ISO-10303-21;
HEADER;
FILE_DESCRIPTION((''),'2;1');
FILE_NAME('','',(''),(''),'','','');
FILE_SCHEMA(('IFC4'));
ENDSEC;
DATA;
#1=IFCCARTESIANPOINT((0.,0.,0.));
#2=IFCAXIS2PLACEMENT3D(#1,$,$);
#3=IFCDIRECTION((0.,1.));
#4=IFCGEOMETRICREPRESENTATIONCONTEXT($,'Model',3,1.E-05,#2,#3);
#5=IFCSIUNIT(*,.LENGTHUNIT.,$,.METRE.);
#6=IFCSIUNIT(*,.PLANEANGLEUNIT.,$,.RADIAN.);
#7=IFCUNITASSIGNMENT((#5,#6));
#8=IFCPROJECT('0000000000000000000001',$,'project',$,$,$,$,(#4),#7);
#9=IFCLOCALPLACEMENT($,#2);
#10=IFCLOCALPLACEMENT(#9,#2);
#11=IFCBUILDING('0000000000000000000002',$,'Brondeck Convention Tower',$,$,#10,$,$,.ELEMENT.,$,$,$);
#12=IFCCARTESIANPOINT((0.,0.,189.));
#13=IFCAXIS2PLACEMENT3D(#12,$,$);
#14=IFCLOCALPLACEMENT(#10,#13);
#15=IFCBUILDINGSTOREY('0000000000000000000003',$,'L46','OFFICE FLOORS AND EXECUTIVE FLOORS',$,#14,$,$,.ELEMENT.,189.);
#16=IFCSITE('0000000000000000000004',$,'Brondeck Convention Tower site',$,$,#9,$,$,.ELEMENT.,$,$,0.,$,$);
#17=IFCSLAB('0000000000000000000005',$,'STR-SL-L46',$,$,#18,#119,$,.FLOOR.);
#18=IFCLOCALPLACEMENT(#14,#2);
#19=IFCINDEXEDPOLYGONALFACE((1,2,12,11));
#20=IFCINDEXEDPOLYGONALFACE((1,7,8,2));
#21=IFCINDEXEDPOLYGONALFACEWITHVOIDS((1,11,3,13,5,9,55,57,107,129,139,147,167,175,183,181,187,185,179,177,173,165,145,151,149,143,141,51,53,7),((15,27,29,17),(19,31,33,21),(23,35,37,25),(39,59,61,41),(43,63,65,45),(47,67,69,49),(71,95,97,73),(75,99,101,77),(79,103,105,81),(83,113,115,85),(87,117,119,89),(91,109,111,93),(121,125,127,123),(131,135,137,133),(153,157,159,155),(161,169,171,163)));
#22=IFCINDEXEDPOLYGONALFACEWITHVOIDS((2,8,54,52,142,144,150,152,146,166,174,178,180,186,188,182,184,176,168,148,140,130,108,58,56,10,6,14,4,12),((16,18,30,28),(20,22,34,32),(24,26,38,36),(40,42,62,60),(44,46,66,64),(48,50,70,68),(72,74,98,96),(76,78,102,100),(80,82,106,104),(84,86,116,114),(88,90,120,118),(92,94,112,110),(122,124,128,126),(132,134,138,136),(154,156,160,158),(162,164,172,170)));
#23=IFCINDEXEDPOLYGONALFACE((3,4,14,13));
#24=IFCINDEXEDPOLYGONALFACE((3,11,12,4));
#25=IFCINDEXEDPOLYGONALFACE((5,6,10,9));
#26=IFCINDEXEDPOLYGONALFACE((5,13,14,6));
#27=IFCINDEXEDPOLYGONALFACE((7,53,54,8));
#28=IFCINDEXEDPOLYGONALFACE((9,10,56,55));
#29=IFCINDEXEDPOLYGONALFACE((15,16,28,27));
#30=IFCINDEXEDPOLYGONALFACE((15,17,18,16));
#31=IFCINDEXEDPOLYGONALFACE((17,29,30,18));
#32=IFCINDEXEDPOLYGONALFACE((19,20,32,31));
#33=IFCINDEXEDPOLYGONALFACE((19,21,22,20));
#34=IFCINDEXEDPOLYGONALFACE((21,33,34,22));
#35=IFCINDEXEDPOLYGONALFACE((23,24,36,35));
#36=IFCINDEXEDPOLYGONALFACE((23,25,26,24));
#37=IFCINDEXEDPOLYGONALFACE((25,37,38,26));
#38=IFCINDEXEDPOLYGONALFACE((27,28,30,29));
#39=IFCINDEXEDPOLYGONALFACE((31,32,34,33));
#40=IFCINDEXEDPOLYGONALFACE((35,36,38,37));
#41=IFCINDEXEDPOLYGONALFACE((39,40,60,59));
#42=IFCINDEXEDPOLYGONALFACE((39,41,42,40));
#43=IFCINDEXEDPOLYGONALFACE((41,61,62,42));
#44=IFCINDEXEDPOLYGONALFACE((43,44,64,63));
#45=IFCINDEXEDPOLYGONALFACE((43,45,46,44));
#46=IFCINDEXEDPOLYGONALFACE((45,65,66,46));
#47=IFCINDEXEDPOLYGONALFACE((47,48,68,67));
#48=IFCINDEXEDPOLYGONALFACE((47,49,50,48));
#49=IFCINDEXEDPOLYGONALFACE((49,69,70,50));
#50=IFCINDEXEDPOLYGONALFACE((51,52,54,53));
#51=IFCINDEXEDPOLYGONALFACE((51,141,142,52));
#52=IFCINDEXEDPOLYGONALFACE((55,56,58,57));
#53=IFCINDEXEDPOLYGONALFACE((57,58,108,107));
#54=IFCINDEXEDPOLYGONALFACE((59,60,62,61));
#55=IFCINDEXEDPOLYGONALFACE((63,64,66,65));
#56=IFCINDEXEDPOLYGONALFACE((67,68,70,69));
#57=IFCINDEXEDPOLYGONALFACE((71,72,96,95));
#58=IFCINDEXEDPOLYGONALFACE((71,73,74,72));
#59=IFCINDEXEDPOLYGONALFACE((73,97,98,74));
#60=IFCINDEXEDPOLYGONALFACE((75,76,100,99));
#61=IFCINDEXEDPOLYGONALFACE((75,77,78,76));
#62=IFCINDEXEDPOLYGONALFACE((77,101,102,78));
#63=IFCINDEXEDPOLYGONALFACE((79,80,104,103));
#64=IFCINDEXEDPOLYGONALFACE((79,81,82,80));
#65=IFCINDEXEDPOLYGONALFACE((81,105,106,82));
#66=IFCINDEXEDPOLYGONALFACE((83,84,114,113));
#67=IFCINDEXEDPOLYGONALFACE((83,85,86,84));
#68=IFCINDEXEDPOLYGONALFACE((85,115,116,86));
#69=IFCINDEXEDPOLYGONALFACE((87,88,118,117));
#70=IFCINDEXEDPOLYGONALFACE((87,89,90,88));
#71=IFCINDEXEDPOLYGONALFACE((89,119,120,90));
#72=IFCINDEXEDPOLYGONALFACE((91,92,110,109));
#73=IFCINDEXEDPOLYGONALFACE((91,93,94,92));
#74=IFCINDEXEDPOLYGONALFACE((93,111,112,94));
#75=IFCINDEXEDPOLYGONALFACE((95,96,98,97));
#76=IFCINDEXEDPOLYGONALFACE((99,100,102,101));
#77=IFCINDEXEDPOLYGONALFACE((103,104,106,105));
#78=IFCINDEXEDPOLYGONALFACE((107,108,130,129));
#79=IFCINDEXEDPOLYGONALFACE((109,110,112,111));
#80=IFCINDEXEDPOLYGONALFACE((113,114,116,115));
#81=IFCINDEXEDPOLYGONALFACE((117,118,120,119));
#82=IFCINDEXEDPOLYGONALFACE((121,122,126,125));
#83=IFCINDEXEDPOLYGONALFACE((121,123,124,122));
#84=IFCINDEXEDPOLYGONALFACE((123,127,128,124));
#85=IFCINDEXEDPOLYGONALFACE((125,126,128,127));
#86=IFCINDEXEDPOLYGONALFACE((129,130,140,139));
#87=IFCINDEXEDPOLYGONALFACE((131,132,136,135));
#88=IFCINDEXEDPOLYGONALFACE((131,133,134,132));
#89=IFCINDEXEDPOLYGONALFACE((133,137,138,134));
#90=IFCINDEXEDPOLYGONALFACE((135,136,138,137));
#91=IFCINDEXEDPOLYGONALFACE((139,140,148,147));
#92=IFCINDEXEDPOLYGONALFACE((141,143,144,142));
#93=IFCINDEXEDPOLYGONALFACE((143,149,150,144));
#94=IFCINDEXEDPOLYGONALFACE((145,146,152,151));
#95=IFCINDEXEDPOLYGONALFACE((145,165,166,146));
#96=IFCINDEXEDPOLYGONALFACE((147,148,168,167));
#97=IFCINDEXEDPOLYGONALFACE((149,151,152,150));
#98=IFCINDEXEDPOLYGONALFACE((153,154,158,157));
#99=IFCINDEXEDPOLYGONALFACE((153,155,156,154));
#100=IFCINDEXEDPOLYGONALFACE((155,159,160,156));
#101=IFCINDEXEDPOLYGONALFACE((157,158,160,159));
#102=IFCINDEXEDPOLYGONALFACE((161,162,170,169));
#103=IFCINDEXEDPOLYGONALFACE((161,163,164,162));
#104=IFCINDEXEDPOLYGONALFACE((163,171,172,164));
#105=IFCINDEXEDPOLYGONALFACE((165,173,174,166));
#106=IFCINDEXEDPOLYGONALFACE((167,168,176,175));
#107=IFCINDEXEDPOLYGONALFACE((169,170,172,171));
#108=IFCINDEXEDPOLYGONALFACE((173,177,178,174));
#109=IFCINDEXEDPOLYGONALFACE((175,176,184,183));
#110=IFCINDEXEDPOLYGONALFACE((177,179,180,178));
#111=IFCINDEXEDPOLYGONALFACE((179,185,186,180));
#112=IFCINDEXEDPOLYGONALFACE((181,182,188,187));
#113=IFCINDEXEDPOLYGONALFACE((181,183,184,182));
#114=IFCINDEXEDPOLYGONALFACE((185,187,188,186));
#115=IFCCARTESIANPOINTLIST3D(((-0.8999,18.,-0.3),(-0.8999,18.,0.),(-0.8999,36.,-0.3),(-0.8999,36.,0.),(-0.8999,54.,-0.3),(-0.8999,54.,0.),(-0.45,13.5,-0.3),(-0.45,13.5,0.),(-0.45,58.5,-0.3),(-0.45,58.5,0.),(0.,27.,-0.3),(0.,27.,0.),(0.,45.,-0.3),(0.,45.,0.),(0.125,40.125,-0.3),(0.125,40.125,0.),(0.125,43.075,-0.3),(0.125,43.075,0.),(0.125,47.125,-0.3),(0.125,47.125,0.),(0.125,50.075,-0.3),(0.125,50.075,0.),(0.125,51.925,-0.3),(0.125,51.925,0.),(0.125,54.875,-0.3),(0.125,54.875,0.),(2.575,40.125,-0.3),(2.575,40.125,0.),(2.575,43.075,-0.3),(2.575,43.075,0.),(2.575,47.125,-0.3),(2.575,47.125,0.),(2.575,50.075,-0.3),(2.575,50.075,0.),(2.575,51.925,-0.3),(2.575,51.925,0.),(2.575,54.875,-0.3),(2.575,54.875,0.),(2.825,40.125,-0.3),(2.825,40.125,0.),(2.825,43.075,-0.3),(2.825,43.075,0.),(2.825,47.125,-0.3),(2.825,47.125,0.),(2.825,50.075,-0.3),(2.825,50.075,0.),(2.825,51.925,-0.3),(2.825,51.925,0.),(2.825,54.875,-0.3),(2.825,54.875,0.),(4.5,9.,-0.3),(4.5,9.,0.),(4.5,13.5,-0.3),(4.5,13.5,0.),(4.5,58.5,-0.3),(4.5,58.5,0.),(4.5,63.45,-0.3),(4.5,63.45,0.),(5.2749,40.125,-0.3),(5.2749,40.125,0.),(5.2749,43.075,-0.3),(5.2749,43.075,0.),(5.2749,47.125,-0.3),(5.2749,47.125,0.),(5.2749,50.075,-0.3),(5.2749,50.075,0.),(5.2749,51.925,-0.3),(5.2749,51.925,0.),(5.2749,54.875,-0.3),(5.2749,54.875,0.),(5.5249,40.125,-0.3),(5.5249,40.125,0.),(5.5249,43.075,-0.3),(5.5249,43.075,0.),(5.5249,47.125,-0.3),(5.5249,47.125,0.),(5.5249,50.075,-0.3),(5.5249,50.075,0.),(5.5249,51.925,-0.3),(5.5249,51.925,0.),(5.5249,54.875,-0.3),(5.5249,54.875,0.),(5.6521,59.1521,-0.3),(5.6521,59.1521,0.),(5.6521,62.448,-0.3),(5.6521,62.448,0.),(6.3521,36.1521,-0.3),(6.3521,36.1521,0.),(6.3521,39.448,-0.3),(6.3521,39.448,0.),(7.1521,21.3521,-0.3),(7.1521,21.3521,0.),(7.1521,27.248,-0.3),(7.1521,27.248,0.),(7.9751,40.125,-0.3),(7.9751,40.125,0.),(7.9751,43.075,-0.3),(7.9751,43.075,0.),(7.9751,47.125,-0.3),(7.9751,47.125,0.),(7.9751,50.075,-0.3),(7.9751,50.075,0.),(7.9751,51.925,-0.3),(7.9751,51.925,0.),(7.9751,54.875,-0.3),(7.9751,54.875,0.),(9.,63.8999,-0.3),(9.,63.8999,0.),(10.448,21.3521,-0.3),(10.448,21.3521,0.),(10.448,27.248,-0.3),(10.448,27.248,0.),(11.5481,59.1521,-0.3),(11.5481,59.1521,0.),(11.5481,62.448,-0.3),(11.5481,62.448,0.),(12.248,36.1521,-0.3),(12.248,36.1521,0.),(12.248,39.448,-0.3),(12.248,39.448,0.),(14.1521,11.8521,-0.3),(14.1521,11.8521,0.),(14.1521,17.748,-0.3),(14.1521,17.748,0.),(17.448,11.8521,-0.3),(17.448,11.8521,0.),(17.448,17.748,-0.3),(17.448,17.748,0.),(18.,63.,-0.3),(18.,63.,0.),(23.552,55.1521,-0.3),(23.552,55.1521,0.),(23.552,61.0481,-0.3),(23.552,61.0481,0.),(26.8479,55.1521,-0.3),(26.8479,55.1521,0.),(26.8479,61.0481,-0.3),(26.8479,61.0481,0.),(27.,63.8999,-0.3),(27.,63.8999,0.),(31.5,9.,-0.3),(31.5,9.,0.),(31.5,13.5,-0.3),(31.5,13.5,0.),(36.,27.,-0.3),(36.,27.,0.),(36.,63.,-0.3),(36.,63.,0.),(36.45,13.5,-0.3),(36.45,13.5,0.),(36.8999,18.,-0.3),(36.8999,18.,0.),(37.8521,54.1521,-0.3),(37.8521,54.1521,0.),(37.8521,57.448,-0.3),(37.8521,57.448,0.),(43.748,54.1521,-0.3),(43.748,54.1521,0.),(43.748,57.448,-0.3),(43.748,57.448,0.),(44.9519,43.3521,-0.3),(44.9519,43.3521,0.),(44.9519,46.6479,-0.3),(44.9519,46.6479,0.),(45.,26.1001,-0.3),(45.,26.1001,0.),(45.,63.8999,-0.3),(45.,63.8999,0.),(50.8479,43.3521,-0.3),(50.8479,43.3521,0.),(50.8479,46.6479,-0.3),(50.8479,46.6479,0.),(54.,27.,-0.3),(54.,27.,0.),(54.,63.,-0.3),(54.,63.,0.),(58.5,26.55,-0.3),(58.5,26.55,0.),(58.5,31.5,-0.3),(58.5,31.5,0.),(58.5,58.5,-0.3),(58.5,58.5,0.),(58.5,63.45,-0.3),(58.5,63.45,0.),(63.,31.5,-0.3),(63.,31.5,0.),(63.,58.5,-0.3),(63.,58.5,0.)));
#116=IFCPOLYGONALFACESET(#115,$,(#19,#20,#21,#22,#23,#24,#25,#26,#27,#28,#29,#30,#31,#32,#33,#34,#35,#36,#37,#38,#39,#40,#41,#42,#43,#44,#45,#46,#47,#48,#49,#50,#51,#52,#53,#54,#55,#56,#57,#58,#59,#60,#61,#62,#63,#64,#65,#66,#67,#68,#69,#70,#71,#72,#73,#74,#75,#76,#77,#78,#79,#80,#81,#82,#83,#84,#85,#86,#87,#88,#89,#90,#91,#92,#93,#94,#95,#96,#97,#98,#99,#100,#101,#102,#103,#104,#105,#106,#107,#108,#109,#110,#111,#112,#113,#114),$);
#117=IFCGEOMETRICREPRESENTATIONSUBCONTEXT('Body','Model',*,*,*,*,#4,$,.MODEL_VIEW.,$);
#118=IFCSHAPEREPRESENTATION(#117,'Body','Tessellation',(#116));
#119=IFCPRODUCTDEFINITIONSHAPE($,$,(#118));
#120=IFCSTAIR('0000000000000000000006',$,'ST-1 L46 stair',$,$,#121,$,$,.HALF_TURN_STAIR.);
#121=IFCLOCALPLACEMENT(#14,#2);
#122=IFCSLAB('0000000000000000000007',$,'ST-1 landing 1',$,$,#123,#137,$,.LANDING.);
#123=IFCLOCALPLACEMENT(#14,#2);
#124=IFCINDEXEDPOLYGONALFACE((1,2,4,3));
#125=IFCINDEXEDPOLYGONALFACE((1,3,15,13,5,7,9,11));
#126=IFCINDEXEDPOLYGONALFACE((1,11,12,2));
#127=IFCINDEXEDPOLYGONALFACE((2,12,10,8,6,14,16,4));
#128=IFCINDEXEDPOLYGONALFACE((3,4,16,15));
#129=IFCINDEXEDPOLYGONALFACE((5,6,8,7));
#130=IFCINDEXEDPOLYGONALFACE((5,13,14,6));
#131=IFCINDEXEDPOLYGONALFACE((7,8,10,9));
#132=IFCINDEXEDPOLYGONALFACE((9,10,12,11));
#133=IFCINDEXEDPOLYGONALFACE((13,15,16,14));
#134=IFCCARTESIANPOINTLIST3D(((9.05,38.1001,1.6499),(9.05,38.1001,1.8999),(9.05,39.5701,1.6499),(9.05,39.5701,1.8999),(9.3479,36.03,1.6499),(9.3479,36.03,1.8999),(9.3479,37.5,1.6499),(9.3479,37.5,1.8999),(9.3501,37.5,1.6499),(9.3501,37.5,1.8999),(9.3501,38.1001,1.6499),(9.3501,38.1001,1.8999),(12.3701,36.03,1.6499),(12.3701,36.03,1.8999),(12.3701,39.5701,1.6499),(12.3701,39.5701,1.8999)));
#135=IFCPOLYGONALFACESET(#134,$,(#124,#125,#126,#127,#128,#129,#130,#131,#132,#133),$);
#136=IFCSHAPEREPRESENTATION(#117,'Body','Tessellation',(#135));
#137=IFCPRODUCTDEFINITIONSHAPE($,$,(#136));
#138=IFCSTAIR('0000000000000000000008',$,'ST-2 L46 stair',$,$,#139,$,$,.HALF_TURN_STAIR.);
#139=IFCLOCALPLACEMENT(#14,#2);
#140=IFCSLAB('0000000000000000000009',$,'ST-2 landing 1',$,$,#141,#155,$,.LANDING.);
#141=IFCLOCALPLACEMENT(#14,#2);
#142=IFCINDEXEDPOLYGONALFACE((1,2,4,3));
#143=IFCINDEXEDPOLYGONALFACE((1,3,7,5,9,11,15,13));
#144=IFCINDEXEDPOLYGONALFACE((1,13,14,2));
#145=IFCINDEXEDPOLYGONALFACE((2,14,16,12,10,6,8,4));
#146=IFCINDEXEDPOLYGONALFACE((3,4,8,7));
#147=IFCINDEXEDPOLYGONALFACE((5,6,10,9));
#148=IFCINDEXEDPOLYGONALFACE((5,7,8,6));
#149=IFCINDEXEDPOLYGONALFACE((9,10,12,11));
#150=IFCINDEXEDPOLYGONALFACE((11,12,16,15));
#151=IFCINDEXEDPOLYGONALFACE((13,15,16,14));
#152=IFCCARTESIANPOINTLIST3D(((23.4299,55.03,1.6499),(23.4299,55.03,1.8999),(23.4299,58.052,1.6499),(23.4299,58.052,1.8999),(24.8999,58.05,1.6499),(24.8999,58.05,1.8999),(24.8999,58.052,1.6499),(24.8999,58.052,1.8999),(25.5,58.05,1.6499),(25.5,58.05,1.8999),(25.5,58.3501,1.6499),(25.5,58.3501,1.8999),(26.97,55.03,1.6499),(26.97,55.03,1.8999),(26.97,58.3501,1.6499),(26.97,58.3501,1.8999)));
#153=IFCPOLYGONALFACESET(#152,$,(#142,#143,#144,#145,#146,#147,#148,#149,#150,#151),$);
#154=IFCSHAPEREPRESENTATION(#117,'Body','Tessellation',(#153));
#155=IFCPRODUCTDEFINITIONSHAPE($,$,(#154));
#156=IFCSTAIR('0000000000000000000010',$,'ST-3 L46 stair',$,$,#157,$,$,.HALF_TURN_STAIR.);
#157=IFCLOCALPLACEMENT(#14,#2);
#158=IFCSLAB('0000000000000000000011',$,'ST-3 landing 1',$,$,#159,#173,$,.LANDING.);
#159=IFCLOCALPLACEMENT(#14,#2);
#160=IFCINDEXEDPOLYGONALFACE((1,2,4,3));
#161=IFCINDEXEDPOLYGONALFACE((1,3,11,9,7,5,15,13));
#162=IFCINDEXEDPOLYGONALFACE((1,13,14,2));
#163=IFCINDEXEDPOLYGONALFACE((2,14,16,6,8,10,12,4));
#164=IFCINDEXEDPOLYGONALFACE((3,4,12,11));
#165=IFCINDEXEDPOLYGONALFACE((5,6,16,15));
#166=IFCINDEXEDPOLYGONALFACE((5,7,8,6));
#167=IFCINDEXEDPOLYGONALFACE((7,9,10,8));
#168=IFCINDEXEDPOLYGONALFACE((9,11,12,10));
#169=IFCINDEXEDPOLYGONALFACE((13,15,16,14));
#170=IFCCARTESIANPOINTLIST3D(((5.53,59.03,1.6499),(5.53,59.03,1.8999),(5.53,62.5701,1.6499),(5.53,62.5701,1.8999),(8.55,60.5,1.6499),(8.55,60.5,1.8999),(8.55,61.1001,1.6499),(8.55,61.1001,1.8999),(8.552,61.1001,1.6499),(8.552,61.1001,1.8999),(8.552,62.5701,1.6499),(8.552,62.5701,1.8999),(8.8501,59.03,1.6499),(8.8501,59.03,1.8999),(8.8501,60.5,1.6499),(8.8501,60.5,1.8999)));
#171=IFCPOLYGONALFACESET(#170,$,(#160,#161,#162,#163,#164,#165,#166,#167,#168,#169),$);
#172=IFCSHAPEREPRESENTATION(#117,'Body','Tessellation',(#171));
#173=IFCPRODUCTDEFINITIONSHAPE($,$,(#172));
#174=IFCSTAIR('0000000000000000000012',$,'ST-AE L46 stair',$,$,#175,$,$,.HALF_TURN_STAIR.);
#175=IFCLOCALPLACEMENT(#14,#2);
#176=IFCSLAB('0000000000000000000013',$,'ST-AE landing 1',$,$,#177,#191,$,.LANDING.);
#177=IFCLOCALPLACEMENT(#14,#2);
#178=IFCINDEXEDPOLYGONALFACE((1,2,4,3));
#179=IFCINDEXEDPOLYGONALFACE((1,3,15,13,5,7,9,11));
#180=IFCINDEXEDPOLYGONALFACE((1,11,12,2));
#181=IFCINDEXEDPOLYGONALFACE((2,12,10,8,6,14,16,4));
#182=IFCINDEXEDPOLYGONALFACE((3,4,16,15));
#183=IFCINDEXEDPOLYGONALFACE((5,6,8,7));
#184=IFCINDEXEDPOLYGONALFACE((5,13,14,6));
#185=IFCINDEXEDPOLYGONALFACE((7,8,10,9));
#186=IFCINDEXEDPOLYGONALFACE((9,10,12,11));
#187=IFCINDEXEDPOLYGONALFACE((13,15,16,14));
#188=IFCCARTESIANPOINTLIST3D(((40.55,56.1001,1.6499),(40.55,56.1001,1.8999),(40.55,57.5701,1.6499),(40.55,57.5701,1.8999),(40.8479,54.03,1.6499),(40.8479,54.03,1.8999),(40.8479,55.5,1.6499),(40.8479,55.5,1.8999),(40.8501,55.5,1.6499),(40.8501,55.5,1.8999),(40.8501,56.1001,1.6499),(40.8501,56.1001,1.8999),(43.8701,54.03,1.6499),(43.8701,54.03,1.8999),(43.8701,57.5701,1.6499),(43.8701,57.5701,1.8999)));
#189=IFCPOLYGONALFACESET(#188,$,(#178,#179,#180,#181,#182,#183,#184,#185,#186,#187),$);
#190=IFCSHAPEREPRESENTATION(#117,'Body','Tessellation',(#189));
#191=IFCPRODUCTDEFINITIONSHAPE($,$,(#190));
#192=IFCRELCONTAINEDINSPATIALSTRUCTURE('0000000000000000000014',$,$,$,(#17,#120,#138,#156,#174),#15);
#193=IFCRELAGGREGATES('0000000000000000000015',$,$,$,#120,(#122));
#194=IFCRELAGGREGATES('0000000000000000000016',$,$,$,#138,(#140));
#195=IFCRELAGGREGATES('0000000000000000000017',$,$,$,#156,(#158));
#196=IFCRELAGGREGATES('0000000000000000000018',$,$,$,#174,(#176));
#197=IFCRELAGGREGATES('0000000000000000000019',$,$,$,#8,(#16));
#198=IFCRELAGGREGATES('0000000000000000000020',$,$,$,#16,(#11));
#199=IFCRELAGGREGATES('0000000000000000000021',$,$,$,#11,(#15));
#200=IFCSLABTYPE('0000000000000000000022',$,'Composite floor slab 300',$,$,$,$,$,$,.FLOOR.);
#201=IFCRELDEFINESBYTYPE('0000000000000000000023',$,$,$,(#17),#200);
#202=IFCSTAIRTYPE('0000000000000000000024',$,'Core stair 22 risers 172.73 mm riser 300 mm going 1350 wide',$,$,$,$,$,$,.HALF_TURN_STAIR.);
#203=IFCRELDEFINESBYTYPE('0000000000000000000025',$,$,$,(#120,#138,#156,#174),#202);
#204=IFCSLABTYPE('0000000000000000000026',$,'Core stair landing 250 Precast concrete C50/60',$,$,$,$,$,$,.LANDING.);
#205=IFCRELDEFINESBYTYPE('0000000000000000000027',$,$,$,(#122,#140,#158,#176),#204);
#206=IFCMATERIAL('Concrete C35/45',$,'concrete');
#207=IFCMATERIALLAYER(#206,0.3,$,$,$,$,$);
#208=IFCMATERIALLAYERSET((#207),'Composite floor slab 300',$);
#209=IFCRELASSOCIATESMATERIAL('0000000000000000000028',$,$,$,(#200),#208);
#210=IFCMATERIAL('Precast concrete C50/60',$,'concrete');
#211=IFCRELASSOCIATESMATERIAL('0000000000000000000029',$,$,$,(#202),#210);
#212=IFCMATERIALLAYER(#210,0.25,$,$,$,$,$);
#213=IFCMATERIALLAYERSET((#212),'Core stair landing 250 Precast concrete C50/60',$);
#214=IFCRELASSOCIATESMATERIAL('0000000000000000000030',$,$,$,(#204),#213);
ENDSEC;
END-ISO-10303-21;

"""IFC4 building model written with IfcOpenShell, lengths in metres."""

from ifc_helpers import new_model, si_unit, direction, frame, origin, place, context, subcontext, project, spatial, polyline, outline, extrude, material, layer, layer_set, type_object, element, aggregate, save


model = new_model("IFC4")

# Units and contexts
model_context = context("Model", 3, precision=1e-05, world=origin(), true_north=direction((0.0, 1.0)))
body_context = subcontext(model_context, "Body", "Model", "MODEL_VIEW")
ifc_project = project(units=[si_unit("LENGTHUNIT", "METRE"), si_unit("PLANEANGLEUNIT", "RADIAN")], contexts=[model_context])

# Site, building, storey
site_placement = place(None, origin())
site = spatial("IfcSite", under=ifc_project, at=site_placement, Name="Brondeck Convention Tower site", CompositionType="ELEMENT", RefElevation=0.0)
building_placement = place(site_placement, origin())
building = spatial("IfcBuilding", under=site, at=building_placement, Name="Brondeck Convention Tower", CompositionType="ELEMENT")
storey_placement = place(building_placement, frame((0.0, 0.0, 189.0)))
storey = spatial("IfcBuildingStorey", under=building, at=storey_placement, Name="L46", Description="OFFICE FLOORS AND EXECUTIVE FLOORS", CompositionType="ELEMENT", Elevation=189.0)

# Slab
ifc_material_1 = material(Name="Concrete C35/45", Category="concrete")
ifc_layer_1 = layer(ifc_material_1, 0.3)
ifc_layer_set_1 = layer_set([ifc_layer_1], Name="Composite floor slab 300")
slab_type_1 = type_object("IfcSlabType", Name="Composite floor slab 300", PredefinedType="FLOOR", material=ifc_layer_set_1)
slab_1_placement = place(storey_placement, frame((0.0, 0.0, -0.3)))
element("IfcSlab", 1, at=slab_1_placement, inside=storey, type_object=slab_type_1, Name="STR-SL-L46", PredefinedType="FLOOR", context=body_context, shape_type="SweptSolid", body=[
    extrude(outline(polyline([(4.5, 13.5), (-0.45, 13.5), (-0.8999, 18.0), (0.0, 27.0), (-0.8999, 36.0), (0.0, 45.0), (-0.8999, 54.0), (-0.45, 58.5), (4.5, 58.5), (4.5, 63.45), (9.0, 63.8999), (18.0, 63.0), (27.0, 63.8999), (36.0, 63.0), (45.0, 63.8999), (54.0, 63.0), (58.5, 63.45), (58.5, 58.5), (63.0, 58.5), (63.0, 31.5), (58.5, 31.5), (58.5, 26.55), (54.0, 27.0), (45.0, 26.1001), (36.0, 27.0), (36.8999, 18.0), (36.45, 13.5), (31.5, 13.5), (31.5, 9.0), (4.5, 9.0), (4.5, 13.5)]), holes=[polyline([(2.575, 40.125), (2.575, 43.075), (0.125, 43.075), (0.125, 40.125), (2.575, 40.125)]), polyline([(5.2749, 40.125), (5.2749, 43.075), (2.825, 43.075), (2.825, 40.125), (5.2749, 40.125)]), polyline([(7.9751, 40.125), (7.9751, 43.075), (5.5249, 43.075), (5.5249, 40.125), (7.9751, 40.125)]), polyline([(2.575, 47.125), (2.575, 50.075), (0.125, 50.075), (0.125, 47.125), (2.575, 47.125)]), polyline([(5.2749, 47.125), (5.2749, 50.075), (2.825, 50.075), (2.825, 47.125), (5.2749, 47.125)]), polyline([(7.9751, 47.125), (7.9751, 50.075), (5.5249, 50.075), (5.5249, 47.125), (7.9751, 47.125)]), polyline([(2.575, 51.925), (2.575, 54.875), (0.125, 54.875), (0.125, 51.925), (2.575, 51.925)]), polyline([(5.2749, 51.925), (5.2749, 54.875), (2.825, 54.875), (2.825, 51.925), (5.2749, 51.925)]), polyline([(17.448, 17.748), (14.1521, 17.748), (14.1521, 11.8521), (17.448, 11.8521), (17.448, 17.748)]), polyline([(10.448, 27.248), (7.1521, 27.248), (7.1521, 21.3521), (10.448, 21.3521), (10.448, 27.248)]), polyline([(12.248, 36.1521), (12.248, 39.448), (6.3521, 39.448), (6.3521, 36.1521), (12.248, 36.1521)]), polyline([(50.8479, 43.3521), (50.8479, 46.6479), (44.9519, 46.6479), (44.9519, 43.3521), (50.8479, 43.3521)]), polyline([(7.9751, 51.925), (7.9751, 54.875), (5.5249, 54.875), (5.5249, 51.925), (7.9751, 51.925)]), polyline([(43.748, 54.1521), (43.748, 57.448), (37.8521, 57.448), (37.8521, 54.1521), (43.748, 54.1521)]), polyline([(23.552, 55.1521), (26.8479, 55.1521), (26.8479, 61.0481), (23.552, 61.0481), (23.552, 55.1521)]), polyline([(5.6521, 62.448), (5.6521, 59.1521), (11.5481, 59.1521), (11.5481, 62.448), (5.6521, 62.448)])]), origin(), (0.0, 0.0, 1.0), 0.3),
])

# Stairs, slabs
ifc_material_2 = material(Name="Precast concrete C50/60", Category="concrete")
stair_type = type_object("IfcStairType", Name="Core stair 22 risers 172.73 mm riser 300 mm going 1350 wide", PredefinedType="HALF_TURN_STAIR", material=ifc_material_2)
stair_1_placement = place(storey_placement, origin())
stair_1 = element("IfcStair", 2, at=stair_1_placement, inside=storey, type_object=stair_type, Name="ST-1 L46 stair", PredefinedType="HALF_TURN_STAIR")
ifc_layer_2 = layer(ifc_material_2, 0.25)
ifc_layer_set_2 = layer_set([ifc_layer_2], Name="Core stair landing 250 Precast concrete C50/60")
slab_type_2 = type_object("IfcSlabType", Name="Core stair landing 250 Precast concrete C50/60", PredefinedType="LANDING", material=ifc_layer_set_2)
slab_2_placement = place(storey_placement, frame((0.0, 0.0, 1.6499)))
slab_2 = element("IfcSlab", 3, at=slab_2_placement, type_object=slab_type_2, Name="ST-1 landing 1", PredefinedType="LANDING", context=body_context, shape_type="SweptSolid", body=[
    extrude(outline(polyline([(9.3479, 37.5), (9.3501, 37.5), (9.3501, 38.1001), (9.05, 38.1001), (9.05, 39.5701), (12.3701, 39.5701), (12.3701, 36.03), (9.3479, 36.03), (9.3479, 37.5)])), origin(), (0.0, 0.0, 1.0), 0.25),
])
aggregate(stair_1, [slab_2])
stair_2_placement = place(storey_placement, origin())
stair_2 = element("IfcStair", 4, at=stair_2_placement, inside=storey, type_object=stair_type, Name="ST-2 L46 stair", PredefinedType="HALF_TURN_STAIR")
slab_3_placement = place(storey_placement, frame((0.0, 0.0, 1.6499)))
slab_3 = element("IfcSlab", 5, at=slab_3_placement, type_object=slab_type_2, Name="ST-2 landing 1", PredefinedType="LANDING", context=body_context, shape_type="SweptSolid", body=[
    extrude(outline(polyline([(23.4299, 58.052), (24.8999, 58.052), (24.8999, 58.05), (25.5, 58.05), (25.5, 58.3501), (26.97, 58.3501), (26.97, 55.03), (23.4299, 55.03), (23.4299, 58.052)])), origin(), (0.0, 0.0, 1.0), 0.25),
])
aggregate(stair_2, [slab_3])
stair_3_placement = place(storey_placement, origin())
stair_3 = element("IfcStair", 6, at=stair_3_placement, inside=storey, type_object=stair_type, Name="ST-3 L46 stair", PredefinedType="HALF_TURN_STAIR")
slab_4_placement = place(storey_placement, frame((0.0, 0.0, 1.6499)))
slab_4 = element("IfcSlab", 7, at=slab_4_placement, type_object=slab_type_2, Name="ST-3 landing 1", PredefinedType="LANDING", context=body_context, shape_type="SweptSolid", body=[
    extrude(outline(polyline([(8.8501, 60.5), (8.8501, 59.03), (5.53, 59.03), (5.53, 62.5701), (8.552, 62.5701), (8.552, 61.1001), (8.55, 61.1001), (8.55, 60.5), (8.8501, 60.5)])), origin(), (0.0, 0.0, 1.0), 0.25),
])
aggregate(stair_3, [slab_4])
stair_4_placement = place(storey_placement, origin())
stair_4 = element("IfcStair", 8, at=stair_4_placement, inside=storey, type_object=stair_type, Name="ST-AE L46 stair", PredefinedType="HALF_TURN_STAIR")
slab_5_placement = place(storey_placement, frame((0.0, 0.0, 1.6499)))
slab_5 = element("IfcSlab", 9, at=slab_5_placement, type_object=slab_type_2, Name="ST-AE landing 1", PredefinedType="LANDING", context=body_context, shape_type="SweptSolid", body=[
    extrude(outline(polyline([(40.8479, 55.5), (40.8501, 55.5), (40.8501, 56.1001), (40.55, 56.1001), (40.55, 57.5701), (43.8701, 57.5701), (43.8701, 54.03), (40.8479, 54.03), (40.8479, 55.5)])), origin(), (0.0, 0.0, 1.0), 0.25),
])
aggregate(stair_4, [slab_5])

save(model, "model.ifc")
